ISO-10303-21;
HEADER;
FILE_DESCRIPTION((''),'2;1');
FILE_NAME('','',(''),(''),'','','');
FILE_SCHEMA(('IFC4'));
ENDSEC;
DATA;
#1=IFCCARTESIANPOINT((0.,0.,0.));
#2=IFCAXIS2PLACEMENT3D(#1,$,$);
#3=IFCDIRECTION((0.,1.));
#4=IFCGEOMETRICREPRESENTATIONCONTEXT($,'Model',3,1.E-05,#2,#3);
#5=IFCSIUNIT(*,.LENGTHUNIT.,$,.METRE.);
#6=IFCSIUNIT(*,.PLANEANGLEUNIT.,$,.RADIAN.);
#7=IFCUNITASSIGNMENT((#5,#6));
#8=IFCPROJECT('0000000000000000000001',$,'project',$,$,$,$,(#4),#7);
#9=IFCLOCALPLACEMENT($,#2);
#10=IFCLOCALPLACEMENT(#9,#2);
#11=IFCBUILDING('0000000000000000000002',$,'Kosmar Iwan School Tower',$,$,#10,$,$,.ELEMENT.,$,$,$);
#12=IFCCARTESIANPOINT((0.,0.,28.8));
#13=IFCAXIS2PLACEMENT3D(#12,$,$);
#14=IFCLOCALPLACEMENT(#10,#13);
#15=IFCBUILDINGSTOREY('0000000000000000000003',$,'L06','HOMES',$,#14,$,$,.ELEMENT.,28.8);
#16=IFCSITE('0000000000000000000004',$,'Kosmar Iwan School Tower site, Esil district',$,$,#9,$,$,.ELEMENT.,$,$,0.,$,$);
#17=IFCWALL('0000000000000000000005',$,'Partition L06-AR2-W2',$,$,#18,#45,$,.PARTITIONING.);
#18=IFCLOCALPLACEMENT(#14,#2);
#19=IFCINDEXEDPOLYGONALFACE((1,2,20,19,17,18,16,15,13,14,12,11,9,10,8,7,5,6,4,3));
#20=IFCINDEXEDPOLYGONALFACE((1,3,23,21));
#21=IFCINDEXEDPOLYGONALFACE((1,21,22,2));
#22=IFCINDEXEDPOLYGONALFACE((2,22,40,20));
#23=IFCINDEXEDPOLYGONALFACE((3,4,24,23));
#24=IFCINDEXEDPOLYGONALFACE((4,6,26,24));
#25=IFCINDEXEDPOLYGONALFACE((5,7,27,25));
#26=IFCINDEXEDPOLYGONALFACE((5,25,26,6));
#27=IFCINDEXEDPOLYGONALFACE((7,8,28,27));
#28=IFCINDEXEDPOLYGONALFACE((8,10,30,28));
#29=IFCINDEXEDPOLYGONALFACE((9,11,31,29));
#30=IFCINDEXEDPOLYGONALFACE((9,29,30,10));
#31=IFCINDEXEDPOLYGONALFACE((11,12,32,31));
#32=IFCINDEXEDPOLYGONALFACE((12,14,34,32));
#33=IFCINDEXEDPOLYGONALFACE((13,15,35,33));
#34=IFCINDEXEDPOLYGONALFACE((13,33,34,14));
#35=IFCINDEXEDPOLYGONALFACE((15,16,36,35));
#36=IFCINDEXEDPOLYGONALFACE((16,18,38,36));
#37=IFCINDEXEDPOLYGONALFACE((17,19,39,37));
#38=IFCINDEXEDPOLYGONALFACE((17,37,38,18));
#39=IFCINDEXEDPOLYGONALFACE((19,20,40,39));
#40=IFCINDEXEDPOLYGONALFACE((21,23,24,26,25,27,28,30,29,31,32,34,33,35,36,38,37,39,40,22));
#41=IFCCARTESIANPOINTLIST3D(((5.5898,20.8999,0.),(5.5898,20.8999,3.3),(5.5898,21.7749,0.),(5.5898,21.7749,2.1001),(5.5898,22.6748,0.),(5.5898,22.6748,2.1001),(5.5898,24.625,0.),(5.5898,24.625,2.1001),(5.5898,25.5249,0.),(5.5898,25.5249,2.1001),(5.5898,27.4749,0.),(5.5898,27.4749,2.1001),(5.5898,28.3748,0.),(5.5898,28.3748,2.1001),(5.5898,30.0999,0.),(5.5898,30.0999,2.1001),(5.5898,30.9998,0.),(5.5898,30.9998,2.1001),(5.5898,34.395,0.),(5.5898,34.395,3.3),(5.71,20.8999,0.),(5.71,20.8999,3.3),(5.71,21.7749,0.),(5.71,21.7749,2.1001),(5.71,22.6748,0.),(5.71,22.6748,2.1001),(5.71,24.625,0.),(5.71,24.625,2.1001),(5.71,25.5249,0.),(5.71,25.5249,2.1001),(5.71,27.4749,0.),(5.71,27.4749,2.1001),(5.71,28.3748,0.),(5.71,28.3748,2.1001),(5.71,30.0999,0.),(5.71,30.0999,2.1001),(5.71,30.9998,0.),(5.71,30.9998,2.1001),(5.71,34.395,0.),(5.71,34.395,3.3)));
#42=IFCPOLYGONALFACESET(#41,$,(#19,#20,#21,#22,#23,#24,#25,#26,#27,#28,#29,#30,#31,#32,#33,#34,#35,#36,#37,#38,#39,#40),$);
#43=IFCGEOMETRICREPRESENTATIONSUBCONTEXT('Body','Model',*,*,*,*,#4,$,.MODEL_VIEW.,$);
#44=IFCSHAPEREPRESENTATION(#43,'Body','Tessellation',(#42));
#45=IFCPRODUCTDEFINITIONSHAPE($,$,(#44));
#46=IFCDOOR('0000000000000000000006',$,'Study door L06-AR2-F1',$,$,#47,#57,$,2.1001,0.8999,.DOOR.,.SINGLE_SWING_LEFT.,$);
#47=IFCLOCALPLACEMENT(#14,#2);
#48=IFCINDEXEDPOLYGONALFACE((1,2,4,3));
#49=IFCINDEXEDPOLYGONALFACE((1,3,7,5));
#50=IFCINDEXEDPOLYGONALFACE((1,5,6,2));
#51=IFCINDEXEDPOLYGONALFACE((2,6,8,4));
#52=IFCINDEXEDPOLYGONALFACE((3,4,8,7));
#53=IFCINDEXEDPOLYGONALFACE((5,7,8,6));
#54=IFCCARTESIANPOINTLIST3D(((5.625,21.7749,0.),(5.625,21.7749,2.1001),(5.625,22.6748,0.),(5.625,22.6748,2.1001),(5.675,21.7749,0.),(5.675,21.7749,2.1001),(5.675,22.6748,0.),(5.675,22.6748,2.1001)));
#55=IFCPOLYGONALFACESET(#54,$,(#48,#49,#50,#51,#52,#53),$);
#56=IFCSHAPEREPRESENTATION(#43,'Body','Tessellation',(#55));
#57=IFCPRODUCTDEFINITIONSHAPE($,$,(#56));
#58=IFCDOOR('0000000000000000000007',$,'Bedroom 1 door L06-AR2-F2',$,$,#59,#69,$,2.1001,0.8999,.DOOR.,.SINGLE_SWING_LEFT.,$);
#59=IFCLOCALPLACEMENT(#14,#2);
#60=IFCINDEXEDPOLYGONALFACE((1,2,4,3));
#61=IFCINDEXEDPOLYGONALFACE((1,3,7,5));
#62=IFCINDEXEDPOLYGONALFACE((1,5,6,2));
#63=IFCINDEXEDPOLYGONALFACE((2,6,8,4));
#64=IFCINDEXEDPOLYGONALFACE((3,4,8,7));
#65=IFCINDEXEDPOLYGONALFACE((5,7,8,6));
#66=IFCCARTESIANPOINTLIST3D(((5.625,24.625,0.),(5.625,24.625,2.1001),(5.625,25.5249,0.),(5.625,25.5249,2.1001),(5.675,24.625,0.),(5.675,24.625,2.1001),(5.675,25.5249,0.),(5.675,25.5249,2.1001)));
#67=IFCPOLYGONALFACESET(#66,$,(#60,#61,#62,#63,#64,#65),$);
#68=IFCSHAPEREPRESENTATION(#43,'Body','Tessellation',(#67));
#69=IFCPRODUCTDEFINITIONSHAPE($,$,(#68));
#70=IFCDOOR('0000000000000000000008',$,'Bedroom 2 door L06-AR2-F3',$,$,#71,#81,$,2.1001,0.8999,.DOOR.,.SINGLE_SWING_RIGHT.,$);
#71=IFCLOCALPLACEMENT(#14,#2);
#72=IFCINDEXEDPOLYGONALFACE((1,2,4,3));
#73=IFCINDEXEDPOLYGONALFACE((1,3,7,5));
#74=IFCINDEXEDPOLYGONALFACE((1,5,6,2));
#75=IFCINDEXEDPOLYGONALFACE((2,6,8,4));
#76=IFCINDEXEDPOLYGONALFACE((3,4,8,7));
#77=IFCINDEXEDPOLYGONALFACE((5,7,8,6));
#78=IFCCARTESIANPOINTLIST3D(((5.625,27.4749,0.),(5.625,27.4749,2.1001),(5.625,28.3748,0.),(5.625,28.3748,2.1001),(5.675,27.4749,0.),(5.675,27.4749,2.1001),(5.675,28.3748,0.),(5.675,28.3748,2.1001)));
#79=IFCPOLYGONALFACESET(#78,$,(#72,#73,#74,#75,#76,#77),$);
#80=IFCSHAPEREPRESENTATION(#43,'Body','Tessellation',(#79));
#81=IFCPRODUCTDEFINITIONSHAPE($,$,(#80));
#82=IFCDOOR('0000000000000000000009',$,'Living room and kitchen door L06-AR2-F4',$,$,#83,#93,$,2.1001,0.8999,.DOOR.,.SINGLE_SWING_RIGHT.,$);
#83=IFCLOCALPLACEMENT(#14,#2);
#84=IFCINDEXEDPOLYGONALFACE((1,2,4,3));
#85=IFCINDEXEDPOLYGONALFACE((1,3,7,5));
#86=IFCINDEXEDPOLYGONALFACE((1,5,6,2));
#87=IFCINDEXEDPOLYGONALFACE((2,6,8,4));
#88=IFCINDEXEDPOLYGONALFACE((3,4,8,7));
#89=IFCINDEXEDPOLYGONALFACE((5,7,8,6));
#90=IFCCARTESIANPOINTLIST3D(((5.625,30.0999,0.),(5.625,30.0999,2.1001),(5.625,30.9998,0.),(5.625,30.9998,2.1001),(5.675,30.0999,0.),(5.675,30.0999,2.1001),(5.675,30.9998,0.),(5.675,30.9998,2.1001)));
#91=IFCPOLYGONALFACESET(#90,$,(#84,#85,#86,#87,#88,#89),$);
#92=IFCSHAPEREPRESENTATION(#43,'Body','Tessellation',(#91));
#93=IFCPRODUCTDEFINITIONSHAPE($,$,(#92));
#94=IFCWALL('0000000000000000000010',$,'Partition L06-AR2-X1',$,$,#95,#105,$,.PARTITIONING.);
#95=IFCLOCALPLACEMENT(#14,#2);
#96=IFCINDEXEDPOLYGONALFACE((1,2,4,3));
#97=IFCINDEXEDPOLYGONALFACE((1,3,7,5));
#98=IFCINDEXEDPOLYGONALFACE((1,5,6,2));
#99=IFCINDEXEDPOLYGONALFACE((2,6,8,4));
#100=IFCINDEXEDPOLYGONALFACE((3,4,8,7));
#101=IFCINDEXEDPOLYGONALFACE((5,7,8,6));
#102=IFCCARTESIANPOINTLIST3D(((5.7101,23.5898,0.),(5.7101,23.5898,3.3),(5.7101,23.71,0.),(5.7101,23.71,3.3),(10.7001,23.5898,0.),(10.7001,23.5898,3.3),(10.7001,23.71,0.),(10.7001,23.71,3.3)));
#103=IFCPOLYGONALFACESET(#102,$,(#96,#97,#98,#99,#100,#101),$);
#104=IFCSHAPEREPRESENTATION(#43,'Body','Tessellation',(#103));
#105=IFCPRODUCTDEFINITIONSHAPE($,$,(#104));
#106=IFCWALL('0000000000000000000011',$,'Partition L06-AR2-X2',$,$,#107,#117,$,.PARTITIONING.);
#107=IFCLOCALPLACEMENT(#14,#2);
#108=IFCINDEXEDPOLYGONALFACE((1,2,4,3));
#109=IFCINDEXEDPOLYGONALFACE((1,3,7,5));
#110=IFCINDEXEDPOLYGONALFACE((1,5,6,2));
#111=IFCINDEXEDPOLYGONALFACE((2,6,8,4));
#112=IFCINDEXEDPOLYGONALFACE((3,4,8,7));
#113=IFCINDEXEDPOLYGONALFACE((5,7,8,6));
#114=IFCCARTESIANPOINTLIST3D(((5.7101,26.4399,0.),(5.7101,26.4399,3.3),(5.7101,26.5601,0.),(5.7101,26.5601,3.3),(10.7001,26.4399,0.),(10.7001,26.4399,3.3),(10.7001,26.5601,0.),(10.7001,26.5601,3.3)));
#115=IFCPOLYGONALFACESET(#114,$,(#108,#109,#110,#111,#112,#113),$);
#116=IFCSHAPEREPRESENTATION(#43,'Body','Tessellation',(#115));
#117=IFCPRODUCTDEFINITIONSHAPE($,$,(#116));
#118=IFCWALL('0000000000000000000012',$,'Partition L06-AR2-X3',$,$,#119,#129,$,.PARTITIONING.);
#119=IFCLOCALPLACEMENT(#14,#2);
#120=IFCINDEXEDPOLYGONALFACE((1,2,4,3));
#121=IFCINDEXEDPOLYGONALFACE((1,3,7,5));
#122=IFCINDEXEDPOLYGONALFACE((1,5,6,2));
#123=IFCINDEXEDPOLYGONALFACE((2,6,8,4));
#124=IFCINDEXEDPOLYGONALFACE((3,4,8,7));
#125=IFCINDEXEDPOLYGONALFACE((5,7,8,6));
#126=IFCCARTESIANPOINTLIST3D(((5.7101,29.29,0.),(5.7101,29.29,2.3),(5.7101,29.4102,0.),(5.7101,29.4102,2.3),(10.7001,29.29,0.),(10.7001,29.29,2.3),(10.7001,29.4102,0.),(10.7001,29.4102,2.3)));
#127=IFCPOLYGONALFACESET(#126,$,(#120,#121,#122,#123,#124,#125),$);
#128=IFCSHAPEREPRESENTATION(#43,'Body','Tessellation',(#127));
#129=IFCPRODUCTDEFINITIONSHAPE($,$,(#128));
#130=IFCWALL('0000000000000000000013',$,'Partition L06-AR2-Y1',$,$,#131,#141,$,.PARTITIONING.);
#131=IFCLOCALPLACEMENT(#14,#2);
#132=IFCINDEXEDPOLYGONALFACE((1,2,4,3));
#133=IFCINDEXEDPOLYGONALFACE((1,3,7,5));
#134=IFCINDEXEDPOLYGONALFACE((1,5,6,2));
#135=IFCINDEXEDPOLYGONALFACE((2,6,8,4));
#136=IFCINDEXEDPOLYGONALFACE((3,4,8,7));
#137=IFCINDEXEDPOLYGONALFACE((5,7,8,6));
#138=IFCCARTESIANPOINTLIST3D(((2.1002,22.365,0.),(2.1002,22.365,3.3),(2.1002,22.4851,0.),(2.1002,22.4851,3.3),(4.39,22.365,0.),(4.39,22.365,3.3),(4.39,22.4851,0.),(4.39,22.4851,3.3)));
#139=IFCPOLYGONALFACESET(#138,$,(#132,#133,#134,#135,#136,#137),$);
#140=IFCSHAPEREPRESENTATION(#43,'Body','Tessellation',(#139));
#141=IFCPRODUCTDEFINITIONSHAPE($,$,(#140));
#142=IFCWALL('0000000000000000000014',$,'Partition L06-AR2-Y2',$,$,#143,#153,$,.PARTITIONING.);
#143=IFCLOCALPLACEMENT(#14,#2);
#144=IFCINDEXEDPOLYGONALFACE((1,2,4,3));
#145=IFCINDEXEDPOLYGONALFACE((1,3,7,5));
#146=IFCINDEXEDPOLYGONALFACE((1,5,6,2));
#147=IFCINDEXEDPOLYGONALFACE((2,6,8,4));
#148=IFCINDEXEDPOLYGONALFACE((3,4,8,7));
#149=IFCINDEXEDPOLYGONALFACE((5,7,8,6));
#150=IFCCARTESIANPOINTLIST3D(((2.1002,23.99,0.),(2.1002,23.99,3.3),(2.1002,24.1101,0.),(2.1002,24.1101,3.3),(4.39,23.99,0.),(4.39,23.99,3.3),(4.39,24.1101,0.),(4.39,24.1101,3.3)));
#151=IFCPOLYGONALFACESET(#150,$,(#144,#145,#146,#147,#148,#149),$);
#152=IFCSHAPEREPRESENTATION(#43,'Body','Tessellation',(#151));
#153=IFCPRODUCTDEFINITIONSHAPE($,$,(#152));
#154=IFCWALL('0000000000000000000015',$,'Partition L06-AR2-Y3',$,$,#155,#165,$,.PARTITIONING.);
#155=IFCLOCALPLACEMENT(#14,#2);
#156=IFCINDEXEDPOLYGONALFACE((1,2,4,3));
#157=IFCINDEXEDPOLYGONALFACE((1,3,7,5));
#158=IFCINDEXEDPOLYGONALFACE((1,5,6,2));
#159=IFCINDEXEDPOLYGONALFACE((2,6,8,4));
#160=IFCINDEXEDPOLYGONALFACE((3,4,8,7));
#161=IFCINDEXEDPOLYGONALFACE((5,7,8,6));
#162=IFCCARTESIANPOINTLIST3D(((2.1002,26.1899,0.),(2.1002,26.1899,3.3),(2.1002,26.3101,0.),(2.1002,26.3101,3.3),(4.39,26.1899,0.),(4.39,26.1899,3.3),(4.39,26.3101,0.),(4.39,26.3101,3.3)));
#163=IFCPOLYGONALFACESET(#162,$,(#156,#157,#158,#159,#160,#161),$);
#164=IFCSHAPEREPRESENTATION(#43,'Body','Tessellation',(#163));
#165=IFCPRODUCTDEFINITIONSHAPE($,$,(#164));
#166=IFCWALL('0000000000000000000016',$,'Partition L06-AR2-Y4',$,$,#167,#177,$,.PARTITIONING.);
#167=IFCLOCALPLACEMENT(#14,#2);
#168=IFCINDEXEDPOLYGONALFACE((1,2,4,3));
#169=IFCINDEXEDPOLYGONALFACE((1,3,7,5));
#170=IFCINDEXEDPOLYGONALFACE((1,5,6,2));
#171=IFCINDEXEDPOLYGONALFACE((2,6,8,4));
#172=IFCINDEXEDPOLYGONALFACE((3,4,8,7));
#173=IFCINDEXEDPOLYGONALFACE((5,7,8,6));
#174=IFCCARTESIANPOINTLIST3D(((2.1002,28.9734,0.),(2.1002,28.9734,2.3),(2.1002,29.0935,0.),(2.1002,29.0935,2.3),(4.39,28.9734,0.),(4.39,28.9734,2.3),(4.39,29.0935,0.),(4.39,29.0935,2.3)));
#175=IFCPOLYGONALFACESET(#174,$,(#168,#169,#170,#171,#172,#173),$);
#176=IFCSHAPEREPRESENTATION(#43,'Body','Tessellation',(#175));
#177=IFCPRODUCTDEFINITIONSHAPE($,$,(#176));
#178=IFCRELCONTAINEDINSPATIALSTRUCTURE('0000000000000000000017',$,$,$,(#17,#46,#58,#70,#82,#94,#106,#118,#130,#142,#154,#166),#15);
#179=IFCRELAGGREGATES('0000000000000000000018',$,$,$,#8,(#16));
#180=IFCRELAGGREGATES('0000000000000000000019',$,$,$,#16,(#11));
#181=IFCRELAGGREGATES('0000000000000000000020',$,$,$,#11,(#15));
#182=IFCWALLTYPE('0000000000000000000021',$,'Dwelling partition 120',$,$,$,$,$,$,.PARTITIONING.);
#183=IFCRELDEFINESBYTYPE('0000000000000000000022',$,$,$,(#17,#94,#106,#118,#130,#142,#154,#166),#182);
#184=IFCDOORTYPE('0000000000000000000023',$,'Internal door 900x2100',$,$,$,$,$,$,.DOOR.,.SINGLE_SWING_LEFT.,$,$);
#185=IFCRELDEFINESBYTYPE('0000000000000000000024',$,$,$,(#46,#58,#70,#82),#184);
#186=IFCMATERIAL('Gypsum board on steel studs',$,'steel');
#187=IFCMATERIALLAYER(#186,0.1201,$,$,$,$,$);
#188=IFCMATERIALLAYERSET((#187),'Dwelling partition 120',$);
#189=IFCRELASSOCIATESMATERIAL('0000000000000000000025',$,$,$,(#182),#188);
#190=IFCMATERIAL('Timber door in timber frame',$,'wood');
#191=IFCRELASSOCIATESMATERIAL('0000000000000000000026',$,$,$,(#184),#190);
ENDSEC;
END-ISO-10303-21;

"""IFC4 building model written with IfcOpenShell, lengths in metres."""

from ifc_helpers import new_model, si_unit, direction, frame, frame_2d, origin, place, context, subcontext, project, spatial, rectangle, extrude, material, layer, layer_set, type_object, element, fill, save


model = new_model("IFC4")

# Units and contexts
model_context = context("Model", 3, precision=1e-05, world=origin(), true_north=direction((0.0, 1.0)))
body_context = subcontext(model_context, "Body", "Model", "MODEL_VIEW")
ifc_project = project(units=[si_unit("LENGTHUNIT", "METRE"), si_unit("PLANEANGLEUNIT", "RADIAN")], contexts=[model_context])

# Site, building, storey
site_placement = place(None, origin())
site = spatial("IfcSite", under=ifc_project, at=site_placement, Name="Kosmar Iwan School Tower site, Esil district", CompositionType="ELEMENT", RefElevation=0.0)
building_placement = place(site_placement, origin())
building = spatial("IfcBuilding", under=site, at=building_placement, Name="Kosmar Iwan School Tower", CompositionType="ELEMENT")
storey_placement = place(building_placement, frame((0.0, 0.0, 28.8)))
storey = spatial("IfcBuildingStorey", under=building, at=storey_placement, Name="L06", Description="HOMES", CompositionType="ELEMENT", Elevation=28.8)

# Wall, openings, doors
ifc_material_1 = material(Name="Gypsum board on steel studs", Category="steel")
ifc_layer_1 = layer(ifc_material_1, 0.1201)
ifc_layer_set_1 = layer_set([ifc_layer_1], Name="Dwelling partition 120")
wall_type_1 = type_object("IfcWallType", Name="Dwelling partition 120", PredefinedType="PARTITIONING", material=ifc_layer_set_1)
ifc_material_2 = material(Name="Timber door in timber frame", Category="wood")
door_type_1 = type_object("IfcDoorType", Name="Internal door 900x2100", OperationType="SINGLE_SWING_LEFT", PredefinedType="DOOR", material=ifc_material_2)
wall_1_placement = place(storey_placement, frame((5.6499, 20.8999, 0.0), z_axis=(0.0, 0.0, 1.0), x_axis=(0.0, 1.0, 0.0)))
wall_1 = element("IfcWall", 1, at=wall_1_placement, inside=storey, type_object=wall_type_1, Name="Partition L06-AR2-W2", PredefinedType="PARTITIONING", context=body_context, shape_type="SweptSolid", body=[
    extrude(rectangle(XDim=13.4951, YDim=0.1201, at=frame_2d((6.7476, 0.0))), origin(), (0.0, 0.0, 1.0), 3.3),
])
opening_1_placement = place(wall_1_placement, frame((0.875, 0.0, 0.0)))
opening_1 = element("IfcOpeningElement", 2, at=opening_1_placement, cuts=wall_1, PredefinedType="OPENING", context=body_context, shape_type="SweptSolid", body=[
    extrude(rectangle(XDim=0.8999, YDim=2.1001, at=frame_2d((0.45, 1.05))), frame((0.0, 0.072, 0.0), z_axis=(0.0, -1.0, 0.0), x_axis=(1.0, 0.0, 0.0)), (0.0, 0.0, 1.0), 0.144),
])
opening_2_placement = place(wall_1_placement, frame((3.7251, 0.0, 0.0)))
opening_2 = element("IfcOpeningElement", 3, at=opening_2_placement, cuts=wall_1, PredefinedType="OPENING", context=body_context, shape_type="SweptSolid", body=[
    extrude(rectangle(XDim=0.8999, YDim=2.1001, at=frame_2d((0.45, 1.05))), frame((0.0, 0.072, 0.0), z_axis=(0.0, -1.0, 0.0), x_axis=(1.0, 0.0, 0.0)), (0.0, 0.0, 1.0), 0.144),
])
opening_3_placement = place(wall_1_placement, frame((6.575, 0.0, 0.0)))
opening_3 = element("IfcOpeningElement", 4, at=opening_3_placement, cuts=wall_1, PredefinedType="OPENING", context=body_context, shape_type="SweptSolid", body=[
    extrude(rectangle(XDim=0.8999, YDim=2.1001, at=frame_2d((0.45, 1.05))), frame((0.0, 0.072, 0.0), z_axis=(0.0, -1.0, 0.0), x_axis=(1.0, 0.0, 0.0)), (0.0, 0.0, 1.0), 0.144),
])
opening_4_placement = place(wall_1_placement, frame((9.2, 0.0, 0.0)))
opening_4 = element("IfcOpeningElement", 5, at=opening_4_placement, cuts=wall_1, PredefinedType="OPENING", context=body_context, shape_type="SweptSolid", body=[
    extrude(rectangle(XDim=0.8999, YDim=2.1001, at=frame_2d((0.45, 1.05))), frame((0.0, 0.072, 0.0), z_axis=(0.0, -1.0, 0.0), x_axis=(1.0, 0.0, 0.0)), (0.0, 0.0, 1.0), 0.144),
])
door_1_placement = place(opening_1_placement, origin())
door_1 = element("IfcDoor", 6, at=door_1_placement, inside=storey, type_object=door_type_1, Name="Study door L06-AR2-F1", OperationType="SINGLE_SWING_LEFT", OverallHeight=2.1001, OverallWidth=0.8999, PredefinedType="DOOR", context=body_context, shape_type="SweptSolid", body=[
    extrude(rectangle(XDim=0.8999, YDim=2.1001, at=frame_2d((0.45, 1.05))), frame((0.0, 0.0249, 0.0), z_axis=(0.0, -1.0, 0.0), x_axis=(1.0, 0.0, 0.0)), (0.0, 0.0, 1.0), 0.05),
])
fill(opening_1, door_1)
door_2_placement = place(opening_2_placement, origin())
door_2 = element("IfcDoor", 7, at=door_2_placement, inside=storey, type_object=door_type_1, Name="Bedroom 1 door L06-AR2-F2", OperationType="SINGLE_SWING_LEFT", OverallHeight=2.1001, OverallWidth=0.8999, PredefinedType="DOOR", context=body_context, shape_type="SweptSolid", body=[
    extrude(rectangle(XDim=0.8999, YDim=2.1001, at=frame_2d((0.45, 1.05))), frame((0.0, 0.0249, 0.0), z_axis=(0.0, -1.0, 0.0), x_axis=(1.0, 0.0, 0.0)), (0.0, 0.0, 1.0), 0.05),
])
fill(opening_2, door_2)
door_3_placement = place(opening_3_placement, origin())
door_3 = element("IfcDoor", 8, at=door_3_placement, inside=storey, type_object=door_type_1, Name="Bedroom 2 door L06-AR2-F3", OperationType="SINGLE_SWING_RIGHT", OverallHeight=2.1001, OverallWidth=0.8999, PredefinedType="DOOR", context=body_context, shape_type="SweptSolid", body=[
    extrude(rectangle(XDim=0.8999, YDim=2.1001, at=frame_2d((0.45, 1.05))), frame((0.0, 0.0249, 0.0), z_axis=(0.0, -1.0, 0.0), x_axis=(1.0, 0.0, 0.0)), (0.0, 0.0, 1.0), 0.05),
])
fill(opening_3, door_3)
door_4_placement = place(opening_4_placement, origin())
door_4 = element("IfcDoor", 9, at=door_4_placement, inside=storey, type_object=door_type_1, Name="Living room and kitchen door L06-AR2-F4", OperationType="SINGLE_SWING_RIGHT", OverallHeight=2.1001, OverallWidth=0.8999, PredefinedType="DOOR", context=body_context, shape_type="SweptSolid", body=[
    extrude(rectangle(XDim=0.8999, YDim=2.1001, at=frame_2d((0.45, 1.05))), frame((0.0, 0.0249, 0.0), z_axis=(0.0, -1.0, 0.0), x_axis=(1.0, 0.0, 0.0)), (0.0, 0.0, 1.0), 0.05),
])
fill(opening_4, door_4)

# Walls
for number, where, z_axis, x_axis, name in (
    (10, (5.71, 23.6499, 0.0), (0.0, 0.0, 1.0), (1.0, 0.0, 0.0), "Partition L06-AR2-X1"),
    (11, (5.71, 26.5, 0.0), (0.0, 0.0, 1.0), (1.0, 0.0, 0.0), "Partition L06-AR2-X2"),
):
    element("IfcWall", number, at=place(storey_placement, frame(where, z_axis=z_axis, x_axis=x_axis)), inside=storey, type_object=wall_type_1, Name=name, PredefinedType="PARTITIONING", context=body_context, shape_type="SweptSolid", body=[
        extrude(rectangle(XDim=4.99, YDim=0.1201, at=frame_2d((2.4951, 0.0))), origin(), (0.0, 0.0, 1.0), 3.3),
    ])
wall_2_placement = place(storey_placement, frame((5.71, 29.3501, 0.0), z_axis=(0.0, 0.0, 1.0), x_axis=(1.0, 0.0, 0.0)))
element("IfcWall", 12, at=wall_2_placement, inside=storey, type_object=wall_type_1, Name="Partition L06-AR2-X3", PredefinedType="PARTITIONING", context=body_context, shape_type="SweptSolid", body=[
    extrude(rectangle(XDim=4.99, YDim=0.1201, at=frame_2d((2.4951, 0.0))), origin(), (0.0, 0.0, 1.0), 2.3),
])
for number, where, z_axis, x_axis, name in (
    (13, (2.1001, 22.425, 0.0), (0.0, 0.0, 1.0), (1.0, 0.0, 0.0), "Partition L06-AR2-Y1"),
    (14, (2.1001, 24.05, 0.0), (0.0, 0.0, 1.0), (1.0, 0.0, 0.0), "Partition L06-AR2-Y2"),
    (15, (2.1001, 26.25, 0.0), (0.0, 0.0, 1.0), (1.0, 0.0, 0.0), "Partition L06-AR2-Y3"),
):
    element("IfcWall", number, at=place(storey_placement, frame(where, z_axis=z_axis, x_axis=x_axis)), inside=storey, type_object=wall_type_1, Name=name, PredefinedType="PARTITIONING", context=body_context, shape_type="SweptSolid", body=[
        extrude(rectangle(XDim=2.2898, YDim=0.1201, at=frame_2d((1.145, 0.0))), origin(), (0.0, 0.0, 1.0), 3.3),
    ])
wall_3_placement = place(storey_placement, frame((2.1001, 29.0334, 0.0), z_axis=(0.0, 0.0, 1.0), x_axis=(1.0, 0.0, 0.0)))
element("IfcWall", 16, at=wall_3_placement, inside=storey, type_object=wall_type_1, Name="Partition L06-AR2-Y4", PredefinedType="PARTITIONING", context=body_context, shape_type="SweptSolid", body=[
    extrude(rectangle(XDim=2.2898, YDim=0.1201, at=frame_2d((1.145, 0.0))), origin(), (0.0, 0.0, 1.0), 2.3),
])

save(model, "model.ifc")
